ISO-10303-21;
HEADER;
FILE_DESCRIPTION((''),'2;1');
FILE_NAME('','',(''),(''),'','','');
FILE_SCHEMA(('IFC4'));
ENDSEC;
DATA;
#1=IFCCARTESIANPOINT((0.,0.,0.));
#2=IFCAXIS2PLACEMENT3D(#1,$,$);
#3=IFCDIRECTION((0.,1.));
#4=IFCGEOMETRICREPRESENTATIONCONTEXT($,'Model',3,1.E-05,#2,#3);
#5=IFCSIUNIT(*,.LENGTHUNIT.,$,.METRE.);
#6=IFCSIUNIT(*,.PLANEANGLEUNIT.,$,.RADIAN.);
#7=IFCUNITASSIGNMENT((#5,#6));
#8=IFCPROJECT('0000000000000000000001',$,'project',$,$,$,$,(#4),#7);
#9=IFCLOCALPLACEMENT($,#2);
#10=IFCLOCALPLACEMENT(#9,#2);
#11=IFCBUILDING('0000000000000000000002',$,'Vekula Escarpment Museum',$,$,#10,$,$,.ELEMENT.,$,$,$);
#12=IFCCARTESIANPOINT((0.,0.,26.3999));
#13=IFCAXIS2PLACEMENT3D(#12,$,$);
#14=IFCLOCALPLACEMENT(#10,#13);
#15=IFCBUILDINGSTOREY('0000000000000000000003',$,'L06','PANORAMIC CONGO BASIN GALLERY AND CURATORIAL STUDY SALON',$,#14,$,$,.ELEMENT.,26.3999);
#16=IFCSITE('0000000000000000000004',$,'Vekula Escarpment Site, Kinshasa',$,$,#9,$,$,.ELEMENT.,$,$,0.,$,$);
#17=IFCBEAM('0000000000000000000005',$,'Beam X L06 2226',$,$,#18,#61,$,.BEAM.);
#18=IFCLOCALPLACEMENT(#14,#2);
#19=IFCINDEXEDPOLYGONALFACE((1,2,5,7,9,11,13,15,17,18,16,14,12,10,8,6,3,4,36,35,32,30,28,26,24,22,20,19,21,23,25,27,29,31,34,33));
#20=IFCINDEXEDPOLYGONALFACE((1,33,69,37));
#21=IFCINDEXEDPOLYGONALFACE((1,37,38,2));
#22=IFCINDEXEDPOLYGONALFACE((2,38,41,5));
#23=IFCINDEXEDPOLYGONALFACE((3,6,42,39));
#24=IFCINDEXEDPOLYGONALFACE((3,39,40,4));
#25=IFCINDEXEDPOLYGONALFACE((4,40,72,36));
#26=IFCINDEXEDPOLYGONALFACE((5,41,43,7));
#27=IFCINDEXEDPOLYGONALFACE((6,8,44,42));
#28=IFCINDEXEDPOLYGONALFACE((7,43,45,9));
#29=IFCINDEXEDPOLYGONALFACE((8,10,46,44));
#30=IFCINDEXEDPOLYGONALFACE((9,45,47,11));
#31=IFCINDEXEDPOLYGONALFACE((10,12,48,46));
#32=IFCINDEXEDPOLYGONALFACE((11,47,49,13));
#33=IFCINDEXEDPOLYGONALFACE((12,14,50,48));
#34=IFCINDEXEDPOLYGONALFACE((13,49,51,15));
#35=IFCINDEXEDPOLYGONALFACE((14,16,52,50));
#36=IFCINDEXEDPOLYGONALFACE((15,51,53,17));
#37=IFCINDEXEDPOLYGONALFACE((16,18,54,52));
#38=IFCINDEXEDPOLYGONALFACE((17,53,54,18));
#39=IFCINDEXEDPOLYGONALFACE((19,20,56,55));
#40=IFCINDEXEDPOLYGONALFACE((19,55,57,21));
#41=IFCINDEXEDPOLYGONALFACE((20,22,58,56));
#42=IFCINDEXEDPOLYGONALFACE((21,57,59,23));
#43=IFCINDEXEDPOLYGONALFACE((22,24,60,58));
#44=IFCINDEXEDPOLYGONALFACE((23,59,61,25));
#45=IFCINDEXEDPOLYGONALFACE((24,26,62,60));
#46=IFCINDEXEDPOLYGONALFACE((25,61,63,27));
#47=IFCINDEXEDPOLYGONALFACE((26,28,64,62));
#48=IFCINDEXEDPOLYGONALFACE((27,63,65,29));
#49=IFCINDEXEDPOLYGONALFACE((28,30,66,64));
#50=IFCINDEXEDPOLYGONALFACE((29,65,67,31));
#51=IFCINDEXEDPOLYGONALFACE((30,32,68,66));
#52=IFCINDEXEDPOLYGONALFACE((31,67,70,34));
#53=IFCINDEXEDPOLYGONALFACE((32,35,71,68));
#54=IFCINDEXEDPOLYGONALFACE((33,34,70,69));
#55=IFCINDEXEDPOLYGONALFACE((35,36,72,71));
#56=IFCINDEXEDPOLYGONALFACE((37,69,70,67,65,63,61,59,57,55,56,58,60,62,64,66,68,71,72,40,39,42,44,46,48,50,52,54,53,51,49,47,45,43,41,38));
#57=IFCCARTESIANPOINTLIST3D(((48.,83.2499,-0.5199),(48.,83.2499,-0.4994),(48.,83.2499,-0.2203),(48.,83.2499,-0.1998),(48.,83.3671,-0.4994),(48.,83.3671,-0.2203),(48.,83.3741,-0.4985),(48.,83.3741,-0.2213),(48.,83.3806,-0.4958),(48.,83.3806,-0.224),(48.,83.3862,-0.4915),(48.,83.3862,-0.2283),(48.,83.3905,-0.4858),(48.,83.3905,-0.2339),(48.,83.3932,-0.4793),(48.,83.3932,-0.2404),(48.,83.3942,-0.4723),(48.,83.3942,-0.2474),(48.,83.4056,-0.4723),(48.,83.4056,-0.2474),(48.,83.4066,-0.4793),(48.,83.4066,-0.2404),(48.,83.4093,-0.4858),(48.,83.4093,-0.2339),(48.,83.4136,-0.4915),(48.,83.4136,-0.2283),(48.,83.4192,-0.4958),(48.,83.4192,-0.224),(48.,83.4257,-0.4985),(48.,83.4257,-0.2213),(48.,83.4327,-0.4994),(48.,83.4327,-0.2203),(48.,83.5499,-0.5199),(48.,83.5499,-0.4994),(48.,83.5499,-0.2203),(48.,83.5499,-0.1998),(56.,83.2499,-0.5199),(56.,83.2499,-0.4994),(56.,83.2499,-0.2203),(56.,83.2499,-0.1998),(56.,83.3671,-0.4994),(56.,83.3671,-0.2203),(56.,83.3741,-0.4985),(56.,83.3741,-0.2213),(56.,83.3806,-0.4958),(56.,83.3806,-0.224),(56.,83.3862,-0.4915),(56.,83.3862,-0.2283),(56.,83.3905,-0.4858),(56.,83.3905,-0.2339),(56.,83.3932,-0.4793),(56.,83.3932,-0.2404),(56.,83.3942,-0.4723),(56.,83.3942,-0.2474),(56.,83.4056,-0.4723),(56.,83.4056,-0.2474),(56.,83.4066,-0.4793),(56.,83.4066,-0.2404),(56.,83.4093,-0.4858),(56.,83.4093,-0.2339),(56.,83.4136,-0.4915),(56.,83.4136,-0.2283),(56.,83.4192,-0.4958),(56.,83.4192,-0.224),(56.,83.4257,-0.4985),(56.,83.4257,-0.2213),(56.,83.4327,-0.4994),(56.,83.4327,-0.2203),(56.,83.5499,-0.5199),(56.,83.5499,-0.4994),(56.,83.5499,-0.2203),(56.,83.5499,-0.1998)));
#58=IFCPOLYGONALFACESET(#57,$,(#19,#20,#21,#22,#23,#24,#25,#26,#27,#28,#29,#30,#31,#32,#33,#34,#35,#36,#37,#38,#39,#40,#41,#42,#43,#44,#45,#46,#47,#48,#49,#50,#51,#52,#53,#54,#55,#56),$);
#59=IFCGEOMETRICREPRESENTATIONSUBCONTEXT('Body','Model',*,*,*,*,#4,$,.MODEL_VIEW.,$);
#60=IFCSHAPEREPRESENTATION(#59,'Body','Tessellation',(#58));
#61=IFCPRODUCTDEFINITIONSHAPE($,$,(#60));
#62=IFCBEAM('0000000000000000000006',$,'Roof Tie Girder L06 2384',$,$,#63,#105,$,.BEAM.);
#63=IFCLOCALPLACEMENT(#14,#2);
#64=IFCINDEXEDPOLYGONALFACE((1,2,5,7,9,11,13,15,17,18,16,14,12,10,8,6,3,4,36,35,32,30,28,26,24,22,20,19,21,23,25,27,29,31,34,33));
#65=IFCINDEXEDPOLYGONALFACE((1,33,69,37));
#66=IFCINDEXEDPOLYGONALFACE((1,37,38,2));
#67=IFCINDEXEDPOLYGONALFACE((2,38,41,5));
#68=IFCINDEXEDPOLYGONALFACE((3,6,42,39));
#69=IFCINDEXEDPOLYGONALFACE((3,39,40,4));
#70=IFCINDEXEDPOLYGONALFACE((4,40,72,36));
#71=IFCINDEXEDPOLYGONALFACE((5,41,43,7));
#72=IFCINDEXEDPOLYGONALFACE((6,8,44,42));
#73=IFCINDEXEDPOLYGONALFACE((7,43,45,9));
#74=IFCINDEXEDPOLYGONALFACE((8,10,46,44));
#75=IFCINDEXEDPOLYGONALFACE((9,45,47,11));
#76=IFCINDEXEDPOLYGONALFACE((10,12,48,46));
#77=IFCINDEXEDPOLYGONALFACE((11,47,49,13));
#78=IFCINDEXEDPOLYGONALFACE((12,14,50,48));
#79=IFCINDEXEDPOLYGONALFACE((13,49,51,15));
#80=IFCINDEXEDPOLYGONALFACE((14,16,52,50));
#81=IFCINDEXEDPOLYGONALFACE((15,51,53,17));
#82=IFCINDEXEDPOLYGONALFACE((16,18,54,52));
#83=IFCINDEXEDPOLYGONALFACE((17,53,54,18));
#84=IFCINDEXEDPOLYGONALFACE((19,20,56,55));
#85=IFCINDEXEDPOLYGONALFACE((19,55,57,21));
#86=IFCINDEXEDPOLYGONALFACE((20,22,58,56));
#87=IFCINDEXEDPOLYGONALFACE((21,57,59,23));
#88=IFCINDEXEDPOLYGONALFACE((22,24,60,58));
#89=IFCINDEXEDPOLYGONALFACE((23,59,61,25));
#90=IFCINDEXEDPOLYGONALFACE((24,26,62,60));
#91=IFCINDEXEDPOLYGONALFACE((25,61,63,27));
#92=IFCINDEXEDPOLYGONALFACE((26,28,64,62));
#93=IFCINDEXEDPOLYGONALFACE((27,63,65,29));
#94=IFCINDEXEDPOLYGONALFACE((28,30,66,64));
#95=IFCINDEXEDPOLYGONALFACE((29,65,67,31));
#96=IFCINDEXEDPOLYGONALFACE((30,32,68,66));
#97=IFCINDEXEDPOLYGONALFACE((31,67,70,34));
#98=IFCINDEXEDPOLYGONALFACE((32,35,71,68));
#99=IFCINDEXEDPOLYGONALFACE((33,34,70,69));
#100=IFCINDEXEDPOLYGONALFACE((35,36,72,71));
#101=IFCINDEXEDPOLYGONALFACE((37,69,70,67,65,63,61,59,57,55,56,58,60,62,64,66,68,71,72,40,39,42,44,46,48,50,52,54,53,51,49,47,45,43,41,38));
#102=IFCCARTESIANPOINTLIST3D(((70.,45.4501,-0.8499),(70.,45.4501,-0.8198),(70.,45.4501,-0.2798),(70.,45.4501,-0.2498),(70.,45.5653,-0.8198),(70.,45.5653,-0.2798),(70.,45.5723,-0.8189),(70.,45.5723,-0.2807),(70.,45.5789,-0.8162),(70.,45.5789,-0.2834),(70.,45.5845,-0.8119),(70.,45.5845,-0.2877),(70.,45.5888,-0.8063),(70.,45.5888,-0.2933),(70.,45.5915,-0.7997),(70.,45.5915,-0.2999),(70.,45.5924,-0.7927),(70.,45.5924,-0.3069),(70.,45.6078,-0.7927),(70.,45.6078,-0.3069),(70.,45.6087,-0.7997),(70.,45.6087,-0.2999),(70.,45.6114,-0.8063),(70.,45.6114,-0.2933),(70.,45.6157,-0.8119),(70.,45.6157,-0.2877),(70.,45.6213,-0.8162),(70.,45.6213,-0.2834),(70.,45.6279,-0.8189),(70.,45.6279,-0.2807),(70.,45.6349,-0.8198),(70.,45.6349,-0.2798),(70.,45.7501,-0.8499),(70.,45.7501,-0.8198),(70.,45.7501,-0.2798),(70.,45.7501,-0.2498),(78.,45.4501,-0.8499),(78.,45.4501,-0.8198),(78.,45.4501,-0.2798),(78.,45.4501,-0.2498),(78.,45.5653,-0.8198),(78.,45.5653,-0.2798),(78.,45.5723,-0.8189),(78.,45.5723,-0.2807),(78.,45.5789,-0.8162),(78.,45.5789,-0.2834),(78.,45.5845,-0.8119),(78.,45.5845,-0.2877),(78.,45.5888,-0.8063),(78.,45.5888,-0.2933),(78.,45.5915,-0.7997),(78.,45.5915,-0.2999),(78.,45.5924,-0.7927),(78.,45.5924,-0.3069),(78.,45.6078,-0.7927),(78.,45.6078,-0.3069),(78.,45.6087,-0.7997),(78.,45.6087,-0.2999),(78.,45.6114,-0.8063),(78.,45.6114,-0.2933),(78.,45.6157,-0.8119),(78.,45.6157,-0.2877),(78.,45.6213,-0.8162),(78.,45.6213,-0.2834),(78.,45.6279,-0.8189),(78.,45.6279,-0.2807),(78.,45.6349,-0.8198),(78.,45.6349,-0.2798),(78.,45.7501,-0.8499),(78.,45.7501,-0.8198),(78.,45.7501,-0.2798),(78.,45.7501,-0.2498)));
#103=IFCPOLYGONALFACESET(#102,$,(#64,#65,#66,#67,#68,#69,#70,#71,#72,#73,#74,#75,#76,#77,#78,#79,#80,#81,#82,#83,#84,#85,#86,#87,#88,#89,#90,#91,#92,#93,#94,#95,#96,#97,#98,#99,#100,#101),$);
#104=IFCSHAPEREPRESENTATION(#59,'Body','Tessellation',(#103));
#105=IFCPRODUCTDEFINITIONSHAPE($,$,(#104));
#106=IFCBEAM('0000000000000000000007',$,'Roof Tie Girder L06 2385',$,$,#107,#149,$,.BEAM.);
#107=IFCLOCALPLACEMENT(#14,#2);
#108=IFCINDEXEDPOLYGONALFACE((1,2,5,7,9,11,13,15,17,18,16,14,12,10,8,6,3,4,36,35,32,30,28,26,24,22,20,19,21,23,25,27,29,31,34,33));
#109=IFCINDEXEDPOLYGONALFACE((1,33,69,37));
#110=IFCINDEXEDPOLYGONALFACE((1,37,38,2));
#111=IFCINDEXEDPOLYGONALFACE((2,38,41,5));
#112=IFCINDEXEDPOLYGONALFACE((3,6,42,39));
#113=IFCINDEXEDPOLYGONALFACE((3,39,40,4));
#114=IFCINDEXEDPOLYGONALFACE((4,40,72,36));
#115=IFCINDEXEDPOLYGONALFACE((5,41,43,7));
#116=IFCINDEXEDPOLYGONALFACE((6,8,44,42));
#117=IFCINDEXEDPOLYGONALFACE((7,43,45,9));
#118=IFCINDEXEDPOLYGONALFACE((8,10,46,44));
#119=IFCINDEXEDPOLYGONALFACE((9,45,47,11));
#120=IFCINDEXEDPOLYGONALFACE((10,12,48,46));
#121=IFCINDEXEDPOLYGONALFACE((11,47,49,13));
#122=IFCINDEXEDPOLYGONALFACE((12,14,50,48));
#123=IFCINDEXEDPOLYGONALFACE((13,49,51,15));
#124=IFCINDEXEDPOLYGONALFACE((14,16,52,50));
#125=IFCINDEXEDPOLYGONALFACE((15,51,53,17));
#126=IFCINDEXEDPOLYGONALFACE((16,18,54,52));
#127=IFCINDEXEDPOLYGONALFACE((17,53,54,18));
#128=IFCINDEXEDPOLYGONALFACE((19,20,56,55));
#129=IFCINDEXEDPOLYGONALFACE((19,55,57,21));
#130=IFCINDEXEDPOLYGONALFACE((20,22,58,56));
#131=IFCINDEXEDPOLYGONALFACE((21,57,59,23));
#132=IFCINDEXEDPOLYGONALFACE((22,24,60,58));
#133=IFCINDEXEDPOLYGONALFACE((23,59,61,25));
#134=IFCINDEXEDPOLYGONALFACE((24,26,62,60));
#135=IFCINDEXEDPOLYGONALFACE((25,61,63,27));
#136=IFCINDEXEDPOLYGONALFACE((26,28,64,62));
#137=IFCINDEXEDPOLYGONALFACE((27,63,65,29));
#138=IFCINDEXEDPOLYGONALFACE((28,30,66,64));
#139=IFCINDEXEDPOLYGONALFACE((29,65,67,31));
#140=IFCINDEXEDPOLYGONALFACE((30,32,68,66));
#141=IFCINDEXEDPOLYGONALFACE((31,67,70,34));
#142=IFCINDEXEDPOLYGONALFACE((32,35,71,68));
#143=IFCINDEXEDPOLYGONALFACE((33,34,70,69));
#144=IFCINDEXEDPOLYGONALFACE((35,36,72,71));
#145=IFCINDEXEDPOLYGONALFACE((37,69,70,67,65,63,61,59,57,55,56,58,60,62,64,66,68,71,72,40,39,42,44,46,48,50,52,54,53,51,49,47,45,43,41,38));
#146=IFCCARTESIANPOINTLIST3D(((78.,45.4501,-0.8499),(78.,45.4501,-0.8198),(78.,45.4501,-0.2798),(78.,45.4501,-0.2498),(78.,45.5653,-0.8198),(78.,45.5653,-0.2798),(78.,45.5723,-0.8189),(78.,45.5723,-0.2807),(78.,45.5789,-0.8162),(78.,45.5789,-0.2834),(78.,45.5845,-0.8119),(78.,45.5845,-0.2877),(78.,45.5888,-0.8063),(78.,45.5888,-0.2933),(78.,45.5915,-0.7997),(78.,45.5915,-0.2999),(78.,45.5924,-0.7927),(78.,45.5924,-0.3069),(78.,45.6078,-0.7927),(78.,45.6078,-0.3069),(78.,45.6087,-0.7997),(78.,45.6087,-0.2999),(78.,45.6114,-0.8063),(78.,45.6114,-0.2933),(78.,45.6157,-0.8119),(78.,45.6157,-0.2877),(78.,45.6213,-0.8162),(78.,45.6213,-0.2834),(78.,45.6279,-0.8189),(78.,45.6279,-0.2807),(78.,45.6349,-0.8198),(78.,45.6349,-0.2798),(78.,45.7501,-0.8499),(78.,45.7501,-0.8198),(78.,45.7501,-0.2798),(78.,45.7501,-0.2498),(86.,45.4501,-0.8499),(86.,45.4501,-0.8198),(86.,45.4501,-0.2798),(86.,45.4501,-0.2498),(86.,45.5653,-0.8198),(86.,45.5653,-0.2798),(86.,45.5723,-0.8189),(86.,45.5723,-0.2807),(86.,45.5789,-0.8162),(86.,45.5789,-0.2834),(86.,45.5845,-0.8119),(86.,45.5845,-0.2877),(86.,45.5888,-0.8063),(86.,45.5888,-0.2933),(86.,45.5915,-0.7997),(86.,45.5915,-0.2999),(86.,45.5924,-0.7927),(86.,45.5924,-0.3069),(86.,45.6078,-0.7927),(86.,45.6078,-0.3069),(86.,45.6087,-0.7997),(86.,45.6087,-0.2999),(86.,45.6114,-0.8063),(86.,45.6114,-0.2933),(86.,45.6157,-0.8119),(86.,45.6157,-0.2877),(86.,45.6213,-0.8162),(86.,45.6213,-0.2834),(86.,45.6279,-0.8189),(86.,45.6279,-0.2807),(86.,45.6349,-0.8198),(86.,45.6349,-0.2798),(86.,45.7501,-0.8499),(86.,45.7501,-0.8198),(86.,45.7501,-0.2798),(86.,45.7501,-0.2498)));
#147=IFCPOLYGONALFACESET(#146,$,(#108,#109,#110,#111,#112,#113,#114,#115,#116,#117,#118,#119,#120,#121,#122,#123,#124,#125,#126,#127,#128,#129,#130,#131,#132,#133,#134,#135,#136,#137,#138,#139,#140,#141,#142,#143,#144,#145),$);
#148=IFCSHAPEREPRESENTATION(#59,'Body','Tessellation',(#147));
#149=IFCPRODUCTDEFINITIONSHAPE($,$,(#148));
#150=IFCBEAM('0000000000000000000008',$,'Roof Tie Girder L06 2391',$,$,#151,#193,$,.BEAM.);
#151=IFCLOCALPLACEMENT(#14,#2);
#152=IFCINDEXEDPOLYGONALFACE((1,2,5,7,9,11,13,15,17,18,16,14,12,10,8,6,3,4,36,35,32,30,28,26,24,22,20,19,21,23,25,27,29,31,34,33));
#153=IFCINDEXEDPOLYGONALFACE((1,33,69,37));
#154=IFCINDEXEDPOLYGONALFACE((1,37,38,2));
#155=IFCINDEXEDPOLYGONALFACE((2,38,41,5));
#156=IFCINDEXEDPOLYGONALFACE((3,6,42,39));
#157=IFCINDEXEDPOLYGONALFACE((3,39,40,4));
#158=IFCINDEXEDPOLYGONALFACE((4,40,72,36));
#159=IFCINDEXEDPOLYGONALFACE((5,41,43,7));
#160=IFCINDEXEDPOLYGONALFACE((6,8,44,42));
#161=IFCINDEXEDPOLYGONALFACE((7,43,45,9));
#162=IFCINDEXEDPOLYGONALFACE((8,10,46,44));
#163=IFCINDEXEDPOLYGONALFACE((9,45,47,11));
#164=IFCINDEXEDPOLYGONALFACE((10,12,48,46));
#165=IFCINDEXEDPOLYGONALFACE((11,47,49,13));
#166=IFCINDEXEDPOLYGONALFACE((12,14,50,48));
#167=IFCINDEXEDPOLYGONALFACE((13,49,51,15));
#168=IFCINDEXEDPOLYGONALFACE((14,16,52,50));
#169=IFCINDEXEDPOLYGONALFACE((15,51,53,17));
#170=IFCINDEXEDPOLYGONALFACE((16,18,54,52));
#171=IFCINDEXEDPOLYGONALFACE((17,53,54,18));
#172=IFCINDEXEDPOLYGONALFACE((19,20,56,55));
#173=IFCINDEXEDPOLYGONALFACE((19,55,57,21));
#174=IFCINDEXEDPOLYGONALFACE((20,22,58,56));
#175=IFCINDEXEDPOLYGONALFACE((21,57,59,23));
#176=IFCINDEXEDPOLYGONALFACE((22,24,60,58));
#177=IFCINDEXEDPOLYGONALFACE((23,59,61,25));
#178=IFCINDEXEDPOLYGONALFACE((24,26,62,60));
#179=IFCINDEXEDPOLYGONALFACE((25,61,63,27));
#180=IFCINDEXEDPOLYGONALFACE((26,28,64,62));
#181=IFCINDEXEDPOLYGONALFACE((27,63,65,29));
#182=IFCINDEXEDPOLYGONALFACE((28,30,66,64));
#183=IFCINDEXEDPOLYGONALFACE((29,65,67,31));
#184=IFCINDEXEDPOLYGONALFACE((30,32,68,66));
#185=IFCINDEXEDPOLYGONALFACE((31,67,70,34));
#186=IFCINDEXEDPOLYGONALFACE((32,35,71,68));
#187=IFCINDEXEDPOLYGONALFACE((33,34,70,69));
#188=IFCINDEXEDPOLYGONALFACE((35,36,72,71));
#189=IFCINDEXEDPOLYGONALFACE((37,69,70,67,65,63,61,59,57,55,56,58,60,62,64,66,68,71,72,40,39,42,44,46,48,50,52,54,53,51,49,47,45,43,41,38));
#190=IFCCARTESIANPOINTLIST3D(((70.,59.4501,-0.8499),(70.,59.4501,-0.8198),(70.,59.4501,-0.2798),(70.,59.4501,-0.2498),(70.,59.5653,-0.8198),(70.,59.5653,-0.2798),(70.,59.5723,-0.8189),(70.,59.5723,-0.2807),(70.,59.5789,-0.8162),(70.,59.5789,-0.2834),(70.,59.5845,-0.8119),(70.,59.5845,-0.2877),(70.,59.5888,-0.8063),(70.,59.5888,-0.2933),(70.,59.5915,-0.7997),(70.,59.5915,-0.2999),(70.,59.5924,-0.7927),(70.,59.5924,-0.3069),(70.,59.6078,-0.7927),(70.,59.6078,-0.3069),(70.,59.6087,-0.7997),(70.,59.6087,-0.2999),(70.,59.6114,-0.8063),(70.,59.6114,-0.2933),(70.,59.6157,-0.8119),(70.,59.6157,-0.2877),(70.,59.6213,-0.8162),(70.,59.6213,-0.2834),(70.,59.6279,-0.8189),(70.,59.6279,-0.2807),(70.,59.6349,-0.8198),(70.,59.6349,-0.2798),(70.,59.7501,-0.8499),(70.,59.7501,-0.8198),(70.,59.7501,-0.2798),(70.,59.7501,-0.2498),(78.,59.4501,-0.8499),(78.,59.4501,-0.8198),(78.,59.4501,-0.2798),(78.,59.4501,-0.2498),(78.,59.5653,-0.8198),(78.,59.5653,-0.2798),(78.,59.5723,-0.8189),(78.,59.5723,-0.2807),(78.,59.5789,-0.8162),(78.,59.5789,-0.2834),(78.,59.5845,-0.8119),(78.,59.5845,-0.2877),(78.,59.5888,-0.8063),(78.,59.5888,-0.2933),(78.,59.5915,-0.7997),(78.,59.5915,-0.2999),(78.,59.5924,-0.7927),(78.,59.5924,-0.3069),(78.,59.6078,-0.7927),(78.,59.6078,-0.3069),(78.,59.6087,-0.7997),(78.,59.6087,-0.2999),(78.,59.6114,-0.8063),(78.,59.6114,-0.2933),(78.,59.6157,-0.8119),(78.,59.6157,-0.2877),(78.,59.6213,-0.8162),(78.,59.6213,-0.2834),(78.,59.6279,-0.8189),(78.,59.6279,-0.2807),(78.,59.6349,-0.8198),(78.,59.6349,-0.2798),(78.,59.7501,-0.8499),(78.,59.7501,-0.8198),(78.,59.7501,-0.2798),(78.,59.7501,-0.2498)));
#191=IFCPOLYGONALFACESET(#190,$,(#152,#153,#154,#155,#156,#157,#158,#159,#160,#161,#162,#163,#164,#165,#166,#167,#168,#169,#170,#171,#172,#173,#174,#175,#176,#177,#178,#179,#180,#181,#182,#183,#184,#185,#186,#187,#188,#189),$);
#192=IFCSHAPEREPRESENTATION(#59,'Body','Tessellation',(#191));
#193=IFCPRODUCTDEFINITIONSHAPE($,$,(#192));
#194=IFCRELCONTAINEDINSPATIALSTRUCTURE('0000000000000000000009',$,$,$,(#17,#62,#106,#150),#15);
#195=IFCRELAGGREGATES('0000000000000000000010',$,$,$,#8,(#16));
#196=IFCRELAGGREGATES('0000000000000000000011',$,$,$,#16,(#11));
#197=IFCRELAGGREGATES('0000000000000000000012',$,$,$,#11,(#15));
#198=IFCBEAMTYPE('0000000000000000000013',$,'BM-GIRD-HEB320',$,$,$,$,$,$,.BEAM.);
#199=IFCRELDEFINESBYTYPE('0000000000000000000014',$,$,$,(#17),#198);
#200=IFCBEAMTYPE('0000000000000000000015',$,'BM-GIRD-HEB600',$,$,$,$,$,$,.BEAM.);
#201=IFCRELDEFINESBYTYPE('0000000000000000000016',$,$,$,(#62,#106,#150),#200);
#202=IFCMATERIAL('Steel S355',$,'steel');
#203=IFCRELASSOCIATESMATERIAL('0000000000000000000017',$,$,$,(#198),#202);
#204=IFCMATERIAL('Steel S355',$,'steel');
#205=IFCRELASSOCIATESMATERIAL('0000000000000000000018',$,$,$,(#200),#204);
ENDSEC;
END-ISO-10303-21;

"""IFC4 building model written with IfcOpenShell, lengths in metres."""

from ifc_helpers import new_model, si_unit, direction, frame, origin, origin_2d, place, context, subcontext, project, spatial, i_section, extrude, material, material_profile, profile_set, type_object, element, save


model = new_model("IFC4")

# Units and contexts
model_context = context("Model", 3, precision=1e-05, world=origin(), true_north=direction((0.0, 1.0)))
body_context = subcontext(model_context, "Body", "Model", "MODEL_VIEW")
ifc_project = project(units=[si_unit("LENGTHUNIT", "METRE"), si_unit("PLANEANGLEUNIT", "RADIAN")], contexts=[model_context])

# Site, building, storey
site_placement = place(None, origin())
site = spatial("IfcSite", under=ifc_project, at=site_placement, Name="Vekula Escarpment Site, Kinshasa", CompositionType="ELEMENT", RefElevation=0.0)
building_placement = place(site_placement, origin())
building = spatial("IfcBuilding", under=site, at=building_placement, Name="Vekula Escarpment Museum", CompositionType="ELEMENT")
storey_placement = place(building_placement, frame((0.0, 0.0, 26.3999)))
storey = spatial("IfcBuildingStorey", under=building, at=storey_placement, Name="L06", Description="PANORAMIC CONGO BASIN GALLERY AND CURATORIAL STUDY SALON", CompositionType="ELEMENT", Elevation=26.3999)

# Beams
ifc_material_1 = material(Name="Steel S355", Category="steel")
ifc_material_profile_1 = material_profile(ifc_material_1, i_section(OverallWidth=0.3, OverallDepth=0.3201, WebThickness=0.0115, FlangeThickness=0.0205, FilletRadius=0.0271, at=origin_2d()), Name="HEB 320")
ifc_profile_set_1 = profile_set([ifc_material_profile_1], Name="Steel S355")
beam_type_1 = type_object("IfcBeamType", Name="BM-GIRD-HEB320", PredefinedType="BEAM", material=ifc_profile_set_1)
beam_1_placement = place(storey_placement, frame((48.0, 83.3999, -0.3599), z_axis=(1.0, 0.0, 0.0), x_axis=(0.0, 1.0, 0.0)))
element("IfcBeam", 1, at=beam_1_placement, inside=storey, type_object=beam_type_1, Name="Beam X L06 2226", PredefinedType="BEAM", context=body_context, shape_type="SweptSolid", body=[
    extrude(i_section(OverallWidth=0.3, OverallDepth=0.3201, WebThickness=0.0115, FlangeThickness=0.0205, FilletRadius=0.0271, at=origin_2d()), origin(), (0.0, 0.0, 1.0), 8.0),
])
ifc_material_2 = material(Name="Steel S355", Category="steel")
ifc_material_profile_2 = material_profile(ifc_material_2, i_section(OverallWidth=0.3, OverallDepth=0.6001, WebThickness=0.0154, FlangeThickness=0.03, FilletRadius=0.0271, at=origin_2d()), Name="HEB 600")
ifc_profile_set_2 = profile_set([ifc_material_profile_2], Name="Steel S355")
beam_type_2 = type_object("IfcBeamType", Name="BM-GIRD-HEB600", PredefinedType="BEAM", material=ifc_profile_set_2)
for number, where, z_axis, x_axis, name in (
    (2, (70.0, 45.6001, -0.5498), (1.0, 0.0, 0.0), (0.0, 1.0, 0.0), "Roof Tie Girder L06 2384"),
    (3, (78.0, 45.6001, -0.5498), (1.0, 0.0, 0.0), (0.0, 1.0, 0.0), "Roof Tie Girder L06 2385"),
    (4, (70.0, 59.6001, -0.5498), (1.0, 0.0, 0.0), (0.0, 1.0, 0.0), "Roof Tie Girder L06 2391"),
):
    element("IfcBeam", number, at=place(storey_placement, frame(where, z_axis=z_axis, x_axis=x_axis)), inside=storey, type_object=beam_type_2, Name=name, PredefinedType="BEAM", context=body_context, shape_type="SweptSolid", body=[
        extrude(i_section(OverallWidth=0.3, OverallDepth=0.6001, WebThickness=0.0154, FlangeThickness=0.03, FilletRadius=0.0271, at=origin_2d()), origin(), (0.0, 0.0, 1.0), 8.0),
    ])

save(model, "model.ifc")
